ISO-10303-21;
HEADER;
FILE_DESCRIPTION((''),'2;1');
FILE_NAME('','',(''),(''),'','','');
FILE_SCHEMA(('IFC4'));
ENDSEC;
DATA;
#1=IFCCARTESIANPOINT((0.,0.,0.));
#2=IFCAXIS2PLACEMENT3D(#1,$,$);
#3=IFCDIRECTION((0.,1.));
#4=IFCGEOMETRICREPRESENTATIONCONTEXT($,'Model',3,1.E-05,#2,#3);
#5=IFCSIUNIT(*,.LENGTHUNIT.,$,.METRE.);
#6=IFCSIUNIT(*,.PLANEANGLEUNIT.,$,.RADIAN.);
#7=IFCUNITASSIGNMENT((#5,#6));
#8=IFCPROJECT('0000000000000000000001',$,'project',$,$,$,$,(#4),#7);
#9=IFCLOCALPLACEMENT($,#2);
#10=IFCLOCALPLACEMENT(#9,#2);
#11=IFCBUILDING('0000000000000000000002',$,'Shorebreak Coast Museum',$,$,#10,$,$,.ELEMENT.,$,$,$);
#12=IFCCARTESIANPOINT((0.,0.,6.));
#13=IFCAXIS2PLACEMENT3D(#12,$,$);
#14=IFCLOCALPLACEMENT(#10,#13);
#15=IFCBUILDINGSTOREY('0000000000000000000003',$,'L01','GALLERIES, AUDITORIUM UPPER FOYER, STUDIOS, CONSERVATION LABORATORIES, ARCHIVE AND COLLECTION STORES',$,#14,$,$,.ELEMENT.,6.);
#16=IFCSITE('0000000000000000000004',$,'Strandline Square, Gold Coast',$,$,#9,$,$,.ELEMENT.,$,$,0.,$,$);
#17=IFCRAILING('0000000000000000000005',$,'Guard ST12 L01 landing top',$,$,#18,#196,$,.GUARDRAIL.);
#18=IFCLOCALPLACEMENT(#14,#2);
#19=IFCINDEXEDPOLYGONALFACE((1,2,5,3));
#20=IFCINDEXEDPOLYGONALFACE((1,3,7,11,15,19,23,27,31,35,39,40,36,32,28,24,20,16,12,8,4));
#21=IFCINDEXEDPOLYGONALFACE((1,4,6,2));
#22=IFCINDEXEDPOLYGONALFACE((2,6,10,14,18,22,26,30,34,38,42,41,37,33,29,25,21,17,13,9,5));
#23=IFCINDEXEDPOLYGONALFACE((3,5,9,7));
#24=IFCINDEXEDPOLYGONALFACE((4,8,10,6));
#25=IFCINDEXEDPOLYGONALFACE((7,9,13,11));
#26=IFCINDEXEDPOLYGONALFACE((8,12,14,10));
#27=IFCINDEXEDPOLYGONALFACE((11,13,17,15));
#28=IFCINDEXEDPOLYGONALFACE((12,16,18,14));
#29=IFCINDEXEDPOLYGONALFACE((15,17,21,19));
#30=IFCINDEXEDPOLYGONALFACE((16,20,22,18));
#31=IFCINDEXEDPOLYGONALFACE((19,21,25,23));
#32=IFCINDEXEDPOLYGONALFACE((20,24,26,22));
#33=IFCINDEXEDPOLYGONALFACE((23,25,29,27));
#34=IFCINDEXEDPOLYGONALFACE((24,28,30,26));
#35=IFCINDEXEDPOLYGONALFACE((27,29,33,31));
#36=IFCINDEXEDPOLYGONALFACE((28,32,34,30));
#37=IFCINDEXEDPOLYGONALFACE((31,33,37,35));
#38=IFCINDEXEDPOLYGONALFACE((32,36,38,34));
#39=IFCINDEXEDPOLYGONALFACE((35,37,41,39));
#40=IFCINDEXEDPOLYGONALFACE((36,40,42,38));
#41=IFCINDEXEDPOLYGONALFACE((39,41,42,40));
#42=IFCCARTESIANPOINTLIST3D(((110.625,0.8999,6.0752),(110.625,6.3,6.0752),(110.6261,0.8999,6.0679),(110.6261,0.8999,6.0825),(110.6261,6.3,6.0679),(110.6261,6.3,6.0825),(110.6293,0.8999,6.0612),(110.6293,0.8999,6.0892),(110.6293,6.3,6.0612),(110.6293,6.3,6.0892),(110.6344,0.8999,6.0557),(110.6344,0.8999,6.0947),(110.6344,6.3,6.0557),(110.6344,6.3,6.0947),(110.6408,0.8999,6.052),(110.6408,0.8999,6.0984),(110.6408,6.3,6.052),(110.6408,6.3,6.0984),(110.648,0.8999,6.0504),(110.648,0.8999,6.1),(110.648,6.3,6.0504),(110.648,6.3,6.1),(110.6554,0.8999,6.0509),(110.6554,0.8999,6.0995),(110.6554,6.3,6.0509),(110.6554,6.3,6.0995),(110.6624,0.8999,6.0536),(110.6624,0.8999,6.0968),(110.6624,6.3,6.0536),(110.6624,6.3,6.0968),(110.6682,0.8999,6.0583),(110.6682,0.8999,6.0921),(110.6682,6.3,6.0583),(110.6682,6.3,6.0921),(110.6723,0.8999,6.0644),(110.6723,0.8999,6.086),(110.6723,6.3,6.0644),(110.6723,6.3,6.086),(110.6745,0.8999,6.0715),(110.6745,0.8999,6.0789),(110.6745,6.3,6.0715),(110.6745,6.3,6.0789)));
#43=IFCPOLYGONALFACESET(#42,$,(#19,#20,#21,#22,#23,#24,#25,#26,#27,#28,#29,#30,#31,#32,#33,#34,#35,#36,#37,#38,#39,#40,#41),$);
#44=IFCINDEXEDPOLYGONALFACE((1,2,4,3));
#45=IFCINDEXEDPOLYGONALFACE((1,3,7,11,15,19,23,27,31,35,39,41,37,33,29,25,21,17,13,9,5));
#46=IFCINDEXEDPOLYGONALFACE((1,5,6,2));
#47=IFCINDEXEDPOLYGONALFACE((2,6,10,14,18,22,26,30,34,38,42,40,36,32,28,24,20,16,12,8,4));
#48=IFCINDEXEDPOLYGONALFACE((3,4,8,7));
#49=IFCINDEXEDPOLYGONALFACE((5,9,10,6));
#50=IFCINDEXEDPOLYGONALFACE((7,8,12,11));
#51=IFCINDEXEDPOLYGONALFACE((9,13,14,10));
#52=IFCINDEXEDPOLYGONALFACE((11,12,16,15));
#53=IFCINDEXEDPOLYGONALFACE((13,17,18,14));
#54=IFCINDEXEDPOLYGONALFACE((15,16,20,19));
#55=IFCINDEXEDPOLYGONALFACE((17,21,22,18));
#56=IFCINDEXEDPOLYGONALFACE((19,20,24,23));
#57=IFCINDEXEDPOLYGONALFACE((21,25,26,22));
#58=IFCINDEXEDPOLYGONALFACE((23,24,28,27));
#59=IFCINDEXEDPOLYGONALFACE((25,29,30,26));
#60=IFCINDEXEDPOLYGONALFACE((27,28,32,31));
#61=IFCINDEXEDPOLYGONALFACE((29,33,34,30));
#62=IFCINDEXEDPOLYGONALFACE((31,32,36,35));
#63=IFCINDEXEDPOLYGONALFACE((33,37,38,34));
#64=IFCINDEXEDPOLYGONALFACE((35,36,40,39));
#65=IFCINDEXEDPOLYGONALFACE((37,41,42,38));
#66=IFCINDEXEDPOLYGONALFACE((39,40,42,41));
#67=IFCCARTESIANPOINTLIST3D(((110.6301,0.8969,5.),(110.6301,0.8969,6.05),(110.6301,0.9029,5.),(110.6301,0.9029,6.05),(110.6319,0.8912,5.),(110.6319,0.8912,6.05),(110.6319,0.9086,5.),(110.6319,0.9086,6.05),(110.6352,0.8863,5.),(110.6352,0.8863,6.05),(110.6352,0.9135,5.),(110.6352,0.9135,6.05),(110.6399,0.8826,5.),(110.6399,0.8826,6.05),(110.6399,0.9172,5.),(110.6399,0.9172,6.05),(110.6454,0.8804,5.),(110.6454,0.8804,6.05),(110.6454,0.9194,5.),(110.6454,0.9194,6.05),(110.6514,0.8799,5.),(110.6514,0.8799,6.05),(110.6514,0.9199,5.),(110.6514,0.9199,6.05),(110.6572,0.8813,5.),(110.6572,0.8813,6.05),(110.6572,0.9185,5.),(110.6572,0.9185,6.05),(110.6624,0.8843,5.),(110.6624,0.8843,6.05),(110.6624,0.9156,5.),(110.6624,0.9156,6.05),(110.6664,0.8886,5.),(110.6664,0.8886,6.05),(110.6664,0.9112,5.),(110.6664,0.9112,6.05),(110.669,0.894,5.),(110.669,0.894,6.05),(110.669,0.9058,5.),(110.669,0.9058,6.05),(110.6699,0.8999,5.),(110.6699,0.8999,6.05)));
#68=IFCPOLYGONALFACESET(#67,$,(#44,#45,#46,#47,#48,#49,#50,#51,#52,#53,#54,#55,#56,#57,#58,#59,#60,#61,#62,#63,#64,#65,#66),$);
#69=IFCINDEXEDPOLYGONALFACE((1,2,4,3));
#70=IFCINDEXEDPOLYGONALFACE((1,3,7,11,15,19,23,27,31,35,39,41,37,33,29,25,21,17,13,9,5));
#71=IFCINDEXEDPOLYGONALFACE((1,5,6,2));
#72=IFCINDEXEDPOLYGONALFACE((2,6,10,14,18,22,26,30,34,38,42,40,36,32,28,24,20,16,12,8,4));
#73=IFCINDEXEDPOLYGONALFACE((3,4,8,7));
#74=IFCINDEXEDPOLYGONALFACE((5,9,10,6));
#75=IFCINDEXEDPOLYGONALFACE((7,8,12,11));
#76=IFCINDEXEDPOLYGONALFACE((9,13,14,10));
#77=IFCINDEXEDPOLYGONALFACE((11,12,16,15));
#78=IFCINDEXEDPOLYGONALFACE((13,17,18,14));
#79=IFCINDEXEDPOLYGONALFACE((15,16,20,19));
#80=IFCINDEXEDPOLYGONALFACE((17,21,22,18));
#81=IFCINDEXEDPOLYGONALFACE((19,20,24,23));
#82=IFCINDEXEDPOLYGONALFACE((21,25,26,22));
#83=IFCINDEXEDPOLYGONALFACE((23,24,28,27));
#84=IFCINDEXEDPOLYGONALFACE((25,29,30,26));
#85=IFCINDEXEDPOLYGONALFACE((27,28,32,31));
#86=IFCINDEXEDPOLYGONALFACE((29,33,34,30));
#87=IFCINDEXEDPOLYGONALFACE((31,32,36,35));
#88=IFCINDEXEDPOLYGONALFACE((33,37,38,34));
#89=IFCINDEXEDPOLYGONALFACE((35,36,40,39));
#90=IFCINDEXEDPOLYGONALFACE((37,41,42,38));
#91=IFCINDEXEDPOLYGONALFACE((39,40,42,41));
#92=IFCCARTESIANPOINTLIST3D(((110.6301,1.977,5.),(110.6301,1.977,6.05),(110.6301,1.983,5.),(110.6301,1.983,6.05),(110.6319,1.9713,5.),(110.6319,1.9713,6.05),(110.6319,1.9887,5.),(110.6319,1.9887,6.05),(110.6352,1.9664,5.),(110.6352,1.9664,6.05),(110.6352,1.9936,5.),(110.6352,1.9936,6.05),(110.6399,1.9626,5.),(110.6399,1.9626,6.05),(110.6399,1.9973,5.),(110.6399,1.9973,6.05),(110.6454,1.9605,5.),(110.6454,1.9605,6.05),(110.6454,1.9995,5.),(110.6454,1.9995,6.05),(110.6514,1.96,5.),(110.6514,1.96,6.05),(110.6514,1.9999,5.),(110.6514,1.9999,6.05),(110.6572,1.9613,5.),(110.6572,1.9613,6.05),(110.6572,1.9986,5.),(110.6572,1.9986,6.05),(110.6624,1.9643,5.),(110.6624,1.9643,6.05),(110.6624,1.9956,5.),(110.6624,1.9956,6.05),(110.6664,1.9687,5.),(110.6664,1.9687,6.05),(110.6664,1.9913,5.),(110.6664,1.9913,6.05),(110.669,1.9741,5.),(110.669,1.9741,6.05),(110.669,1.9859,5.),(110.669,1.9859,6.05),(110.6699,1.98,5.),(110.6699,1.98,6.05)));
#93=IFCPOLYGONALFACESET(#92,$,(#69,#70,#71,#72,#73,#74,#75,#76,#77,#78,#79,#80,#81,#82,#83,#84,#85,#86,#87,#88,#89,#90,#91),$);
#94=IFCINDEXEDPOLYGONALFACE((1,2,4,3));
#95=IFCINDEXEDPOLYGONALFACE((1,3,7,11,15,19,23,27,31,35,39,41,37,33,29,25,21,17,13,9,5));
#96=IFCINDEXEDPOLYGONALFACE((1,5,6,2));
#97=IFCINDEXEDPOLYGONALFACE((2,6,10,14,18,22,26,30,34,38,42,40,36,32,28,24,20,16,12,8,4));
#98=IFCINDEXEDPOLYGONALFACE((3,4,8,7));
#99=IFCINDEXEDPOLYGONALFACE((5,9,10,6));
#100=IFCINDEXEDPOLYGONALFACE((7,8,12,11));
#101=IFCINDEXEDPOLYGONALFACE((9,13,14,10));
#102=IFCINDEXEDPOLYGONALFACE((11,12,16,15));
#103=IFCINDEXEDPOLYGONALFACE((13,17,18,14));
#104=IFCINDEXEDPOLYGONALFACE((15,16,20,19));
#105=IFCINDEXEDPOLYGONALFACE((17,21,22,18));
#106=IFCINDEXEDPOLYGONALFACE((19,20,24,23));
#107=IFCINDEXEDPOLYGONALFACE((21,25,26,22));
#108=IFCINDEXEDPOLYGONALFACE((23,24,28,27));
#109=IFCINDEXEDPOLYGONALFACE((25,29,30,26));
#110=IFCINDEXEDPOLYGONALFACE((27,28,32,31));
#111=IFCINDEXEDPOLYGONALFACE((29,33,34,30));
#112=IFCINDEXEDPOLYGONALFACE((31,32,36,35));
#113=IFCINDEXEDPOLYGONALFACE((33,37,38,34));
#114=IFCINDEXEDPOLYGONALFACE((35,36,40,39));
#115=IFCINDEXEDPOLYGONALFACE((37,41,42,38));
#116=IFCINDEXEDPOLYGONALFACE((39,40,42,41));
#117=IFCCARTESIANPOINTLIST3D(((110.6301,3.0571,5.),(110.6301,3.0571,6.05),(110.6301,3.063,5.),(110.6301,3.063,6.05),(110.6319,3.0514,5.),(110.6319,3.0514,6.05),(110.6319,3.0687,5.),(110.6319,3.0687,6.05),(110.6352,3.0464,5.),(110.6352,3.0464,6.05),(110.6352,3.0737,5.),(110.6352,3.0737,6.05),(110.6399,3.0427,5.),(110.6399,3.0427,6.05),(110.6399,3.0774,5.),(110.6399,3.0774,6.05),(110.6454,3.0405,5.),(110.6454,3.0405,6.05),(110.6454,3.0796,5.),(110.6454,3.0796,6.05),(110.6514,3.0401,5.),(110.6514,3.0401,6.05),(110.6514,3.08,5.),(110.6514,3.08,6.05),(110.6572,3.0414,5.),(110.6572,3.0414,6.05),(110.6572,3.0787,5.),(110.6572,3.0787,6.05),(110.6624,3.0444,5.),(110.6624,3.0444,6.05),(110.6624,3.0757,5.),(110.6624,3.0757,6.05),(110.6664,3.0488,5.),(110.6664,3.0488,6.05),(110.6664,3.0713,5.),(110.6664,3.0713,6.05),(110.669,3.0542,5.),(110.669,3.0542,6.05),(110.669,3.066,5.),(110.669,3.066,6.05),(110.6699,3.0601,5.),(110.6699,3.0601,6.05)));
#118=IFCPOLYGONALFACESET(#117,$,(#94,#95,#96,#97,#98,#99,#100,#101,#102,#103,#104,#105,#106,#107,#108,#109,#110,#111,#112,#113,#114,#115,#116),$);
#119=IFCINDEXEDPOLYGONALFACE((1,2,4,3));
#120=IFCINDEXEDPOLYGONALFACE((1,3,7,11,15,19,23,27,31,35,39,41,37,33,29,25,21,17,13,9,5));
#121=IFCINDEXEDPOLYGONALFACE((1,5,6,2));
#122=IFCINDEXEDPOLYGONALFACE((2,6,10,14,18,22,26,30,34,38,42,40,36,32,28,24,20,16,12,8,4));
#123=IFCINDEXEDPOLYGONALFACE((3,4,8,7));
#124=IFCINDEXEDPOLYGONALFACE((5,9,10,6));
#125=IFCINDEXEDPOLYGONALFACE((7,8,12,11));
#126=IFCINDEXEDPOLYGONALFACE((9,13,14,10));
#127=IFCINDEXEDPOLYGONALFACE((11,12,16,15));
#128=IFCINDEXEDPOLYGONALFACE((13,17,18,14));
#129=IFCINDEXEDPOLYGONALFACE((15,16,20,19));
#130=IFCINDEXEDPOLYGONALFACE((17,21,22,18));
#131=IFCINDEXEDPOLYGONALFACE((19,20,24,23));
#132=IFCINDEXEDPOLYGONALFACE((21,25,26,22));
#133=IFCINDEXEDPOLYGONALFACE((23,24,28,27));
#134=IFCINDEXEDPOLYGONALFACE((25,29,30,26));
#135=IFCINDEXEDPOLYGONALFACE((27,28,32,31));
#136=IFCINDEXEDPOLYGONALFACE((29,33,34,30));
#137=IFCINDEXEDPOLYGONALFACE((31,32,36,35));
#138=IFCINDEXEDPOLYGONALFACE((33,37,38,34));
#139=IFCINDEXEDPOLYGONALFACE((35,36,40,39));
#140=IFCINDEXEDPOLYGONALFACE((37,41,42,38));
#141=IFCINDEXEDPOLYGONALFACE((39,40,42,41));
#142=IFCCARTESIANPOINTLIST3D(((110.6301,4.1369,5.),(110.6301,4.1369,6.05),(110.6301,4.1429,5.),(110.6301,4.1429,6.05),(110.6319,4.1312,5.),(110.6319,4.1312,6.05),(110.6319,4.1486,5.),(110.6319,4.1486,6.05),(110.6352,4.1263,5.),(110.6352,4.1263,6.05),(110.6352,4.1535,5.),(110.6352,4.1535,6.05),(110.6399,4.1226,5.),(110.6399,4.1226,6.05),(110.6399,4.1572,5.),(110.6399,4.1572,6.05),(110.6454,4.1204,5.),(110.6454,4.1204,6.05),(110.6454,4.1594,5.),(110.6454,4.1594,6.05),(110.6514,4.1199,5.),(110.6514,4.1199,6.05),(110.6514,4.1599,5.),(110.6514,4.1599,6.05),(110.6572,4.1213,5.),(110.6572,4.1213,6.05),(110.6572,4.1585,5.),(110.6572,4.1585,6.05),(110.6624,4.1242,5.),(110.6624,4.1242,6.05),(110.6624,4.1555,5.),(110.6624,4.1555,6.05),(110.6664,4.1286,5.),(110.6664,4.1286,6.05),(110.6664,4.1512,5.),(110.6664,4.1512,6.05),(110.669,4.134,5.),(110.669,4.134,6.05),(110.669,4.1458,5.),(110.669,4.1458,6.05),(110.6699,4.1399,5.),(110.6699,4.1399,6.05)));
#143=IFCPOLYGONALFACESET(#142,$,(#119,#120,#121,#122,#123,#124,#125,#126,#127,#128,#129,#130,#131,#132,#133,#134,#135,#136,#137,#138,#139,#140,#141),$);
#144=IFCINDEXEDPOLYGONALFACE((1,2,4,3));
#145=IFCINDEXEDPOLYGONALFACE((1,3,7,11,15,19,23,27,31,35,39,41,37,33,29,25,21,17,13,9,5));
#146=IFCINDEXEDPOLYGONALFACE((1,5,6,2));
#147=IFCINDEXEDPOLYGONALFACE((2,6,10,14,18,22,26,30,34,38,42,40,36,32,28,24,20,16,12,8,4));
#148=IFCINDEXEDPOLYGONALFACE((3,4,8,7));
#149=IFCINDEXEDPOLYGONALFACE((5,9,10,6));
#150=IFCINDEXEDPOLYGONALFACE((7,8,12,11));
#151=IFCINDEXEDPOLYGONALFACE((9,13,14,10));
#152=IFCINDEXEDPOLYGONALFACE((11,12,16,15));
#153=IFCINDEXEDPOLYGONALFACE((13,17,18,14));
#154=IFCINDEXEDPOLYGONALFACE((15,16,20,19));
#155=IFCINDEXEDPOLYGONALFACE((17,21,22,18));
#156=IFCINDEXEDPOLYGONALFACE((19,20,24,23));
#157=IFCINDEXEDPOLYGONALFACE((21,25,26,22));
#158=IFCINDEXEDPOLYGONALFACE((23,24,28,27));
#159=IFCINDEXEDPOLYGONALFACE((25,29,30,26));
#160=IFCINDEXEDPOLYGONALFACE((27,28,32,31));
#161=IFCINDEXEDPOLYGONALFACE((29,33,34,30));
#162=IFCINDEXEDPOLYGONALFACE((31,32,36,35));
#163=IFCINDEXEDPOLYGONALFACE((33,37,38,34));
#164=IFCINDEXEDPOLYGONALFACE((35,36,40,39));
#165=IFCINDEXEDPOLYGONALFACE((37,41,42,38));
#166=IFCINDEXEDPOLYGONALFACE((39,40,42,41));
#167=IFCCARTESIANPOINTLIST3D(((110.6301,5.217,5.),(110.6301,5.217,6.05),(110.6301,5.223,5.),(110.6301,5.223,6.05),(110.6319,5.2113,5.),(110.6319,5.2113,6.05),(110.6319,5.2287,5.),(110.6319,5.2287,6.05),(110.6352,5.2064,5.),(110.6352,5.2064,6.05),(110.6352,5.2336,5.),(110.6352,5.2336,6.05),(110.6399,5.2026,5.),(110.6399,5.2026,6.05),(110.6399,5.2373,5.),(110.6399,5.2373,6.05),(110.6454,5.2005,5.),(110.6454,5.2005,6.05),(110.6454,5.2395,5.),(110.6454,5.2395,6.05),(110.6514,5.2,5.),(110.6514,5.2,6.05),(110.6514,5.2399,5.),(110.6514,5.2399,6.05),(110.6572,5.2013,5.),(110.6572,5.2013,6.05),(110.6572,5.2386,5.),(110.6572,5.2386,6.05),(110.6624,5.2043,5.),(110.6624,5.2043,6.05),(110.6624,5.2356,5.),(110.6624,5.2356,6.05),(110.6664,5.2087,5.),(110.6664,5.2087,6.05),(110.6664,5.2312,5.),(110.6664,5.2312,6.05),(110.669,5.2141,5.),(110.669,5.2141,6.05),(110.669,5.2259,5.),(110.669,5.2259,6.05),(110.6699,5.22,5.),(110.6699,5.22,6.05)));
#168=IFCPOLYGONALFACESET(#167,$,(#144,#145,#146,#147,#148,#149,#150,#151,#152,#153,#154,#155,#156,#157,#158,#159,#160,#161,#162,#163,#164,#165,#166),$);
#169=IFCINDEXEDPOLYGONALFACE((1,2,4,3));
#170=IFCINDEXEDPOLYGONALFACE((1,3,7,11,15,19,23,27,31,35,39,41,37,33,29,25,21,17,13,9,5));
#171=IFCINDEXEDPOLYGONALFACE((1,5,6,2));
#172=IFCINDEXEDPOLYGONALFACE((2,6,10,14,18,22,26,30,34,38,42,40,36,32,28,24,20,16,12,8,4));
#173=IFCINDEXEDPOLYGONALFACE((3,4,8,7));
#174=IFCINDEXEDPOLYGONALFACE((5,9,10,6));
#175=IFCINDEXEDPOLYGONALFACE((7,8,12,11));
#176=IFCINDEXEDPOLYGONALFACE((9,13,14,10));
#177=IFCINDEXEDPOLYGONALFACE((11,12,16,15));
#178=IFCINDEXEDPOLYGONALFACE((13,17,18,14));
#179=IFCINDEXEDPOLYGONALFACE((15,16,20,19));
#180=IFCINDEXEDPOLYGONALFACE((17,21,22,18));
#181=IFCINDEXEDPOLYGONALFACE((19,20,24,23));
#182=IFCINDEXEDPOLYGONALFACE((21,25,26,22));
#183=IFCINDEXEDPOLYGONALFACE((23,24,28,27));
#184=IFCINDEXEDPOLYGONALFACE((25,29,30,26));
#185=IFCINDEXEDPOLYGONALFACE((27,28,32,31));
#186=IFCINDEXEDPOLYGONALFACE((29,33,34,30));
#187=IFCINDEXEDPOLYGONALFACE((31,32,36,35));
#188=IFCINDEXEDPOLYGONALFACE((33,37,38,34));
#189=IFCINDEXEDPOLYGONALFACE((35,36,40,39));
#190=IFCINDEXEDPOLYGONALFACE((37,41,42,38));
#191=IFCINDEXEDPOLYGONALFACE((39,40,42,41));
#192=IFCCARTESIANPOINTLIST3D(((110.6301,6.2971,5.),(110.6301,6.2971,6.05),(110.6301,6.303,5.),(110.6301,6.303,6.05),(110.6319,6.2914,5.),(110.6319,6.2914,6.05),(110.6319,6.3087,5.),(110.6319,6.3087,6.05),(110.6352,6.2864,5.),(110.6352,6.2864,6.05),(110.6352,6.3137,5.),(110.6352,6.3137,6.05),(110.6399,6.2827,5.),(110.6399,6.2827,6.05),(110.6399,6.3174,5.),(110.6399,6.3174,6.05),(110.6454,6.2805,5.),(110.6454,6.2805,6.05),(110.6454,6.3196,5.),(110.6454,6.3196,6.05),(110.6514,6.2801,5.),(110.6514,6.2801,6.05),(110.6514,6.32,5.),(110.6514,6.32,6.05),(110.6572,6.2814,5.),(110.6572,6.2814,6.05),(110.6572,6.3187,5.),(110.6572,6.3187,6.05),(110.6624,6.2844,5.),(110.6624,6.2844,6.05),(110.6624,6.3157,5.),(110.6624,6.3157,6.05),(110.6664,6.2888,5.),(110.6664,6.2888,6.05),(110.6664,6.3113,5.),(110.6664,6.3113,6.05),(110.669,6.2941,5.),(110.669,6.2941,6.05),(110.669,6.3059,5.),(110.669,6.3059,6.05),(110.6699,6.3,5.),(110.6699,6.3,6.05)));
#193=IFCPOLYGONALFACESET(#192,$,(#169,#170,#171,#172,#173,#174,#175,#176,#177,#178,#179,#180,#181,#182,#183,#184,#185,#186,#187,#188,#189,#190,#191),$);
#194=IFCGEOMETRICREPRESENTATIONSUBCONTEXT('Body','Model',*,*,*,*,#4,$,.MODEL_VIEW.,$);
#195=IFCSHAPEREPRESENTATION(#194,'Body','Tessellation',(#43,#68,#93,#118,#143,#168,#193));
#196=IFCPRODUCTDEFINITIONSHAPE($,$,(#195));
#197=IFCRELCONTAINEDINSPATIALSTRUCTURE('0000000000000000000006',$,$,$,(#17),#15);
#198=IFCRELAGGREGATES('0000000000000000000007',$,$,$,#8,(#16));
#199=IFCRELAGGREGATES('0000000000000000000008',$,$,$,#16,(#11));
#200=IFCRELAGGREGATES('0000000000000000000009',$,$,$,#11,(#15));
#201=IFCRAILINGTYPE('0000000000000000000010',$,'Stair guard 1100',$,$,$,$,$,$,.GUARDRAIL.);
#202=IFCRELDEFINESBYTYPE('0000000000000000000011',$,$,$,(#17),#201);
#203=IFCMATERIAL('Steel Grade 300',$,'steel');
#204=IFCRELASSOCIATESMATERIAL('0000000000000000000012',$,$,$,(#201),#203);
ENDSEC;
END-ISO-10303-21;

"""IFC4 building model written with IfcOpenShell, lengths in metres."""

from ifc_helpers import new_model, si_unit, direction, frame, origin, origin_2d, place, context, subcontext, project, spatial, circle, extrude, material, type_object, element, save


model = new_model("IFC4")

# Units and contexts
model_context = context("Model", 3, precision=1e-05, world=origin(), true_north=direction((0.0, 1.0)))
body_context = subcontext(model_context, "Body", "Model", "MODEL_VIEW")
ifc_project = project(units=[si_unit("LENGTHUNIT", "METRE"), si_unit("PLANEANGLEUNIT", "RADIAN")], contexts=[model_context])

# Site, building, storey
site_placement = place(None, origin())
site = spatial("IfcSite", under=ifc_project, at=site_placement, Name="Strandline Square, Gold Coast", CompositionType="ELEMENT", RefElevation=0.0)
building_placement = place(site_placement, origin())
building = spatial("IfcBuilding", under=site, at=building_placement, Name="Shorebreak Coast Museum", CompositionType="ELEMENT")
storey_placement = place(building_placement, frame((0.0, 0.0, 6.0)))
storey = spatial("IfcBuildingStorey", under=building, at=storey_placement, Name="L01", Description="GALLERIES, AUDITORIUM UPPER FOYER, STUDIOS, CONSERVATION LABORATORIES, ARCHIVE AND COLLECTION STORES", CompositionType="ELEMENT", Elevation=6.0)

# Railing
ifc_material_1 = material(Name="Steel Grade 300", Category="steel")
railing_type_1 = type_object("IfcRailingType", Name="Stair guard 1100", PredefinedType="GUARDRAIL", material=ifc_material_1)
railing_1_placement = place(storey_placement, frame((110.6499, 0.8999, 5.0)))
element("IfcRailing", 1, at=railing_1_placement, inside=storey, type_object=railing_type_1, Name="Guard ST12 L01 landing top", PredefinedType="GUARDRAIL", context=body_context, shape_type="SweptSolid", body=[
    extrude(circle(Radius=0.0249, at=origin_2d()), frame((0.0, 0.0, 1.0752), z_axis=(0.0, 1.0, 0.0), x_axis=(-1.0, 0.0, 0.0)), (0.0, 0.0, 1.0), 5.4001),
    extrude(circle(Radius=0.02, at=origin_2d()), origin(), (0.0, 0.0, 1.0), 1.05),
    extrude(circle(Radius=0.02, at=origin_2d()), frame((0.0, 1.0801, 0.0)), (0.0, 0.0, 1.0), 1.05),
    extrude(circle(Radius=0.02, at=origin_2d()), frame((0.0, 2.1602, 0.0)), (0.0, 0.0, 1.0), 1.05),
    extrude(circle(Radius=0.02, at=origin_2d()), frame((0.0, 3.24, 0.0)), (0.0, 0.0, 1.0), 1.05),
    extrude(circle(Radius=0.02, at=origin_2d()), frame((0.0, 4.3201, 0.0)), (0.0, 0.0, 1.0), 1.05),
    extrude(circle(Radius=0.02, at=origin_2d()), frame((0.0, 5.4001, 0.0)), (0.0, 0.0, 1.0), 1.05),
])

save(model, "model.ifc")
